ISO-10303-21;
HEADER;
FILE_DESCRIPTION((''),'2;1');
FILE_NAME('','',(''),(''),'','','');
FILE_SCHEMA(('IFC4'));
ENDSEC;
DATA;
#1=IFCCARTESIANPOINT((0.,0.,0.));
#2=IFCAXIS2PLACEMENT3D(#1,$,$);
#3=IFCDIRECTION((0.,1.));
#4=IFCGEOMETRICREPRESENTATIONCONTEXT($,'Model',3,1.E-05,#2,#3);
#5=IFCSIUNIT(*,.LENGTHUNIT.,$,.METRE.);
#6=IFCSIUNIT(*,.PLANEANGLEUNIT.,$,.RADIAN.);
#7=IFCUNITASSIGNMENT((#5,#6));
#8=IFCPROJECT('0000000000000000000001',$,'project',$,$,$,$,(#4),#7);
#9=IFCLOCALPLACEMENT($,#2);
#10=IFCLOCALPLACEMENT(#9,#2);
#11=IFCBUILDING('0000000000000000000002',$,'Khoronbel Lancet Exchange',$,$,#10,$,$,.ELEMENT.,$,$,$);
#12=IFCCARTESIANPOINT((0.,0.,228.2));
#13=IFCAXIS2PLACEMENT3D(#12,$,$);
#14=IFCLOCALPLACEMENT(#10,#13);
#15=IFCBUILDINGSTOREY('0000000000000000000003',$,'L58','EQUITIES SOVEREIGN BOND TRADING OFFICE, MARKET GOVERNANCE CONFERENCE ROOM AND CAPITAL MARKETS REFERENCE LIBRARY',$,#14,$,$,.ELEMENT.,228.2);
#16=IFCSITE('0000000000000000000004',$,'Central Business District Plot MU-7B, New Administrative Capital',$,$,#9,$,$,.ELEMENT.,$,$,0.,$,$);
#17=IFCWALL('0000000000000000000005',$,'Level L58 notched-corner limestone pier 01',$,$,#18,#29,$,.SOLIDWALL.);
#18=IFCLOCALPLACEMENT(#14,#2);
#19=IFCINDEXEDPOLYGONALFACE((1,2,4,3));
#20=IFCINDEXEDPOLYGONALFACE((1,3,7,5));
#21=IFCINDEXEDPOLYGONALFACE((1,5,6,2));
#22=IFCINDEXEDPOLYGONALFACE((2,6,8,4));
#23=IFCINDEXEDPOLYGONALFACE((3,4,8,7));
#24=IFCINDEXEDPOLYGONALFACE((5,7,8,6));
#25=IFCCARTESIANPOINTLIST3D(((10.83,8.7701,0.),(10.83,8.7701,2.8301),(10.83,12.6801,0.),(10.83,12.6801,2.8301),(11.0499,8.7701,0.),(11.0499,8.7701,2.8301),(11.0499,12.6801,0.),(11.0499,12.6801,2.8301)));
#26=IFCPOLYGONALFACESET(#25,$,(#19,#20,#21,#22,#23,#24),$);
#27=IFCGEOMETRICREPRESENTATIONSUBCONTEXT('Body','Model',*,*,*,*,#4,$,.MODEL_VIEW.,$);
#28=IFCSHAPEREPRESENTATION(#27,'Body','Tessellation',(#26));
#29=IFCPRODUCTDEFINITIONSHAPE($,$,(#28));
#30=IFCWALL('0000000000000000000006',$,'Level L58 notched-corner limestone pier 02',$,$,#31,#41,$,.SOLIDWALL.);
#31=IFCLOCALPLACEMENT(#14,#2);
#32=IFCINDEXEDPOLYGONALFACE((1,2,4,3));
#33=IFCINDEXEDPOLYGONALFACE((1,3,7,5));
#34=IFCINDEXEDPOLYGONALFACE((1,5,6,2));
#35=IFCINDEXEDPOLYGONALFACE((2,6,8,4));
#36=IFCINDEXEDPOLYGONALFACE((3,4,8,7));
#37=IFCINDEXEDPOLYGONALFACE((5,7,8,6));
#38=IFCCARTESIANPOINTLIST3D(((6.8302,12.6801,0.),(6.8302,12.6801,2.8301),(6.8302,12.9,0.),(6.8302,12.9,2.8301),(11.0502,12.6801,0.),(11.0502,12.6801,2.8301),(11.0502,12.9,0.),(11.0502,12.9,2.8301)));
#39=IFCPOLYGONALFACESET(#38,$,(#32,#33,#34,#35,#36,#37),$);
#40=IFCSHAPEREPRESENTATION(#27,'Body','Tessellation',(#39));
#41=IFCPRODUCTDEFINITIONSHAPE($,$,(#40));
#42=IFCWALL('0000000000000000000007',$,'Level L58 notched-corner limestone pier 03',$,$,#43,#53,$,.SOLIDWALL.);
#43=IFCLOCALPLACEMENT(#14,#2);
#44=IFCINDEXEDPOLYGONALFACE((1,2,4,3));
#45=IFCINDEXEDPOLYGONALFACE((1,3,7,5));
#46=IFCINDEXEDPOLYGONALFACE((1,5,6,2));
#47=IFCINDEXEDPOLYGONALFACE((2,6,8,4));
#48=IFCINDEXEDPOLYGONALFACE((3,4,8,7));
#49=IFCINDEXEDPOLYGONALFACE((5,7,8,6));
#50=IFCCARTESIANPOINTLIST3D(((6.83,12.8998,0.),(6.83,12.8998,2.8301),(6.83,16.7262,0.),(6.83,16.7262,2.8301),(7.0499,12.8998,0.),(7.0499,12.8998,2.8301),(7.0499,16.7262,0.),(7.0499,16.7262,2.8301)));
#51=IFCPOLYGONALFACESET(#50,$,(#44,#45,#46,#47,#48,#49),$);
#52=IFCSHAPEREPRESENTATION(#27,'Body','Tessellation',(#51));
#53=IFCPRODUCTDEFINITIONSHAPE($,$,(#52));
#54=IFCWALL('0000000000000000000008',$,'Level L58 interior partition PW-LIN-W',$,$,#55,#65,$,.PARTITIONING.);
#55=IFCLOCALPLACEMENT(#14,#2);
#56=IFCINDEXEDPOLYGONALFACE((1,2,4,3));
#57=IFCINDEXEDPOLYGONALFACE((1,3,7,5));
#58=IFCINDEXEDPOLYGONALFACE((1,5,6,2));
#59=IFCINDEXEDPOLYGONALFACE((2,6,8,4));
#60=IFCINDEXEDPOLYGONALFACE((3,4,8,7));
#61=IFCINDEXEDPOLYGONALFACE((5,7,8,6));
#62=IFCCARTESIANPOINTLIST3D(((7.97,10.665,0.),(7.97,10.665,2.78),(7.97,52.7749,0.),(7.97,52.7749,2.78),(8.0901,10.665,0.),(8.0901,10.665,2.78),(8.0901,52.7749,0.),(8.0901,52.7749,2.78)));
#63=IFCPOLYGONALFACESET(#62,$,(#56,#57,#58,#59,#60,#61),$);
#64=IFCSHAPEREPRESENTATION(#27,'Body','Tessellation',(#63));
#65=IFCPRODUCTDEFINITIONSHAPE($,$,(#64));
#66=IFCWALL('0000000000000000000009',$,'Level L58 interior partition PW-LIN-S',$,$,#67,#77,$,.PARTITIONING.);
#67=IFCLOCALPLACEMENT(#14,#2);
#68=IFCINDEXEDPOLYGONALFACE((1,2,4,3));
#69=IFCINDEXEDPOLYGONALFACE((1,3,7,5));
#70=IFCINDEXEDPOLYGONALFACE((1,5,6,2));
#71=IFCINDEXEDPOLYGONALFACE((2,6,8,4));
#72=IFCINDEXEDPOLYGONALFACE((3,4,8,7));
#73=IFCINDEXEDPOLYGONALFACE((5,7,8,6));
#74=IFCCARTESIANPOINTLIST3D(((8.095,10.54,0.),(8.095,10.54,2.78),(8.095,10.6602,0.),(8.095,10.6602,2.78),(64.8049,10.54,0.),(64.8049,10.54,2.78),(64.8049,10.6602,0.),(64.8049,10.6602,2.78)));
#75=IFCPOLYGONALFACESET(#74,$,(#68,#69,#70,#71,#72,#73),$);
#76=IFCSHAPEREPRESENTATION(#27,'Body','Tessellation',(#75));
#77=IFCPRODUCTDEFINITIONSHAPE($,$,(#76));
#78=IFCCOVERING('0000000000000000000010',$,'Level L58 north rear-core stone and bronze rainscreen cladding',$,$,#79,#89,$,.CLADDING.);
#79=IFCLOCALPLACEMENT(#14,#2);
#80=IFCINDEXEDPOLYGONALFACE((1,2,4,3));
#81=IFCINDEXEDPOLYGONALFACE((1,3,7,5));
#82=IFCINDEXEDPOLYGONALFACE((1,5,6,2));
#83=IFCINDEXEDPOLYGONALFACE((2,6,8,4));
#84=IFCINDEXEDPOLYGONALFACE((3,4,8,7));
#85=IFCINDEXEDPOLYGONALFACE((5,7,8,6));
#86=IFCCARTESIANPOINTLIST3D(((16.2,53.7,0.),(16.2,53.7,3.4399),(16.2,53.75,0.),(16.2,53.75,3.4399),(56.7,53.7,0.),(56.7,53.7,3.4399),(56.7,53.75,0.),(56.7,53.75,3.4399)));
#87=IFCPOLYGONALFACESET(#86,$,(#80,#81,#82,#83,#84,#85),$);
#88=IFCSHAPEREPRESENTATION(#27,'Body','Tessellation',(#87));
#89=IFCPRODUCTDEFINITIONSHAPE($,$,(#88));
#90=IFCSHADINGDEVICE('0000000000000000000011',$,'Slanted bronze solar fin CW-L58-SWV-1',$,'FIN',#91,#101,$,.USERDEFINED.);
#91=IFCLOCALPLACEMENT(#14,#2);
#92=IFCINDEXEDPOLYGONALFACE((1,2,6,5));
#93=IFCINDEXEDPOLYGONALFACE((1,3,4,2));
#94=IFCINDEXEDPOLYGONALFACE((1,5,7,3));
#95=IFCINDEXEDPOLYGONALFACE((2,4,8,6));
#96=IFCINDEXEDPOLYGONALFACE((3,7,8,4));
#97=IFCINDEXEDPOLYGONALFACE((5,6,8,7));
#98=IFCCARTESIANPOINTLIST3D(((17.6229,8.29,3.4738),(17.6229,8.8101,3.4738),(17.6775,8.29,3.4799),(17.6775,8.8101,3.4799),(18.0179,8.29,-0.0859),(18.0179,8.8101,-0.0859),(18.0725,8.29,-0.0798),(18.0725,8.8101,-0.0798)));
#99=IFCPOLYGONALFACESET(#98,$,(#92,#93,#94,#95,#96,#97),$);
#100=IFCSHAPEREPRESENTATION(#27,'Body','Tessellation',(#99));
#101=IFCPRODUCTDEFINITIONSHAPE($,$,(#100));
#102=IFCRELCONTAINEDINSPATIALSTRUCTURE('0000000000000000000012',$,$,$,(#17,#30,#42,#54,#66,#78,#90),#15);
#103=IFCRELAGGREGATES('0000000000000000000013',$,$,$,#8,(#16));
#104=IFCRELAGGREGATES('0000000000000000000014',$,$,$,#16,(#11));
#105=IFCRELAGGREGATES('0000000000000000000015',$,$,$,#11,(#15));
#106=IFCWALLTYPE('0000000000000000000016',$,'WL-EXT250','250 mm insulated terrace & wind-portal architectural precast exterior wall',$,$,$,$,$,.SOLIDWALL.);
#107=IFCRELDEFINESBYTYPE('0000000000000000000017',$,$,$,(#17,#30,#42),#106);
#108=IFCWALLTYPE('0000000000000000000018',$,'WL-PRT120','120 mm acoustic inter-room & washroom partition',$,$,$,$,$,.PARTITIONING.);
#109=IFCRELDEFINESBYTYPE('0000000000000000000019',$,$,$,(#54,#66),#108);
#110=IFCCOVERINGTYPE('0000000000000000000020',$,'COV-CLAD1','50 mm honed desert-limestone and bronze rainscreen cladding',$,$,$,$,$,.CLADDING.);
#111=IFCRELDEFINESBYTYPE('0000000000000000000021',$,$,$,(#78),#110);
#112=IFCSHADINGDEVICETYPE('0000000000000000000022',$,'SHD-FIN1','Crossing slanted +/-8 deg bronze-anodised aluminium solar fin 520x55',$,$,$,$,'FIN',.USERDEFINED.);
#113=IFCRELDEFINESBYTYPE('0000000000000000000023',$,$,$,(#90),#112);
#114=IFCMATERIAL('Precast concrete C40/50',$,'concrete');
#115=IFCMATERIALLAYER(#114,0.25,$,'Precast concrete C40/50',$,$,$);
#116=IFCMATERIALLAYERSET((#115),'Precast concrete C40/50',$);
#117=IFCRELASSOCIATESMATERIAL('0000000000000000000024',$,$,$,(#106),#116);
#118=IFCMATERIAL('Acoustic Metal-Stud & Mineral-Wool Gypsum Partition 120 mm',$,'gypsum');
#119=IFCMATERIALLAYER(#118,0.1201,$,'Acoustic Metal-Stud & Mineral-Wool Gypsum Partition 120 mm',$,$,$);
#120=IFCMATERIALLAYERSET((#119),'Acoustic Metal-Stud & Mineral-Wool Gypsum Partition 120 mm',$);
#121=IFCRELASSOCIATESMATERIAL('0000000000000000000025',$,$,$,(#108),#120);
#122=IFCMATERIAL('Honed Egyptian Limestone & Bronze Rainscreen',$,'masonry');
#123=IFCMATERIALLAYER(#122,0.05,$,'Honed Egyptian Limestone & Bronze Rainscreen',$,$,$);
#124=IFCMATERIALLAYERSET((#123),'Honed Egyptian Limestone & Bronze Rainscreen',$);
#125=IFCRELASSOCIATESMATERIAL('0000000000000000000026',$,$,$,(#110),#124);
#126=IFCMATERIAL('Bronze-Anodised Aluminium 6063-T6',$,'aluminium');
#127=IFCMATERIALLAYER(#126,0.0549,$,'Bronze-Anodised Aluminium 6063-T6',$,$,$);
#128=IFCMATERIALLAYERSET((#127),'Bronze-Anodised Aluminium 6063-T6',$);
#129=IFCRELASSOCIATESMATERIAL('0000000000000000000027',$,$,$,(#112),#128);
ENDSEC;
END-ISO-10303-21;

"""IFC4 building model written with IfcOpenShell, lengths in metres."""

from ifc_helpers import new_model, si_unit, direction, frame, frame_2d, origin, place, context, subcontext, project, spatial, polyline, rectangle, outline, extrude, material, layer, layer_set, type_object, element, save


model = new_model("IFC4")

# Units and contexts
model_context = context("Model", 3, precision=1e-05, world=origin(), true_north=direction((0.0, 1.0)))
body_context = subcontext(model_context, "Body", "Model", "MODEL_VIEW")
ifc_project = project(units=[si_unit("LENGTHUNIT", "METRE"), si_unit("PLANEANGLEUNIT", "RADIAN")], contexts=[model_context])

# Site, building, storey
site_placement = place(None, origin())
site = spatial("IfcSite", under=ifc_project, at=site_placement, Name="Central Business District Plot MU-7B, New Administrative Capital", CompositionType="ELEMENT", RefElevation=0.0)
building_placement = place(site_placement, origin())
building = spatial("IfcBuilding", under=site, at=building_placement, Name="Khoronbel Lancet Exchange", CompositionType="ELEMENT")
storey_placement = place(building_placement, frame((0.0, 0.0, 228.2)))
storey = spatial("IfcBuildingStorey", under=building, at=storey_placement, Name="L58", Description="EQUITIES SOVEREIGN BOND TRADING OFFICE, MARKET GOVERNANCE CONFERENCE ROOM AND CAPITAL MARKETS REFERENCE LIBRARY", CompositionType="ELEMENT", Elevation=228.2)

# Shared definitions
ifc_material_1 = material(Name="Bronze-Anodised Aluminium 6063-T6", Category="aluminium")

# Walls
ifc_material_2 = material(Name="Precast concrete C40/50", Category="concrete")
ifc_layer_1 = layer(ifc_material_2, 0.25, Name="Precast concrete C40/50")
ifc_layer_set_1 = layer_set([ifc_layer_1], Name="Precast concrete C40/50")
wall_type_1 = type_object("IfcWallType", Name="WL-EXT250", Description="250 mm insulated terrace & wind-portal architectural precast exterior wall", PredefinedType="SOLIDWALL", material=ifc_layer_set_1)
wall_1_placement = place(storey_placement, frame((10.9399, 8.77, 0.0), z_axis=(0.0, 0.0, 1.0), x_axis=(0.0, 1.0, 0.0)))
element("IfcWall", 1, at=wall_1_placement, inside=storey, type_object=wall_type_1, Name="Level L58 notched-corner limestone pier 01", PredefinedType="SOLIDWALL", context=body_context, shape_type="SweptSolid", body=[
    extrude(rectangle(XDim=3.9099, YDim=0.22, at=frame_2d((1.9551, 0.0))), origin(), (0.0, 0.0, 1.0), 2.8301),
])
wall_2_placement = place(storey_placement, frame((11.05, 12.79, 0.0), z_axis=(0.0, 0.0, 1.0), x_axis=(-1.0, 0.0, 0.0)))
element("IfcWall", 2, at=wall_2_placement, inside=storey, type_object=wall_type_1, Name="Level L58 notched-corner limestone pier 02", PredefinedType="SOLIDWALL", context=body_context, shape_type="SweptSolid", body=[
    extrude(rectangle(XDim=4.22, YDim=0.22, at=frame_2d((2.1099, 0.0))), origin(), (0.0, 0.0, 1.0), 2.8301),
])
wall_3_placement = place(storey_placement, frame((6.9399, 12.8999, 0.0), z_axis=(0.0, 0.0, 1.0), x_axis=(0.0, 1.0, 0.0)))
element("IfcWall", 3, at=wall_3_placement, inside=storey, type_object=wall_type_1, Name="Level L58 notched-corner limestone pier 03", PredefinedType="SOLIDWALL", context=body_context, shape_type="SweptSolid", body=[
    extrude(rectangle(XDim=3.8264, YDim=0.22, at=frame_2d((1.9131, 0.0))), origin(), (0.0, 0.0, 1.0), 2.8301),
])
ifc_material_3 = material(Name="Acoustic Metal-Stud & Mineral-Wool Gypsum Partition 120 mm", Category="gypsum")
ifc_layer_2 = layer(ifc_material_3, 0.1201, Name="Acoustic Metal-Stud & Mineral-Wool Gypsum Partition 120 mm")
ifc_layer_set_2 = layer_set([ifc_layer_2], Name="Acoustic Metal-Stud & Mineral-Wool Gypsum Partition 120 mm")
wall_type_2 = type_object("IfcWallType", Name="WL-PRT120", Description="120 mm acoustic inter-room & washroom partition", PredefinedType="PARTITIONING", material=ifc_layer_set_2)
wall_4_placement = place(storey_placement, frame((8.03, 10.665, 0.0), z_axis=(0.0, 0.0, 1.0), x_axis=(0.0, 1.0, 0.0)))
element("IfcWall", 4, at=wall_4_placement, inside=storey, type_object=wall_type_2, Name="Level L58 interior partition PW-LIN-W", PredefinedType="PARTITIONING", context=body_context, shape_type="SweptSolid", body=[
    extrude(rectangle(XDim=42.1099, YDim=0.1201, at=frame_2d((21.0549, 0.0))), origin(), (0.0, 0.0, 1.0), 2.78),
])
wall_5_placement = place(storey_placement, frame((8.095, 10.6001, 0.0), z_axis=(0.0, 0.0, 1.0), x_axis=(1.0, 0.0, 0.0)))
element("IfcWall", 5, at=wall_5_placement, inside=storey, type_object=wall_type_2, Name="Level L58 interior partition PW-LIN-S", PredefinedType="PARTITIONING", context=body_context, shape_type="SweptSolid", body=[
    extrude(rectangle(XDim=56.71, YDim=0.1201, at=frame_2d((28.355, 0.0))), origin(), (0.0, 0.0, 1.0), 2.78),
])

# Covering
ifc_material_4 = material(Name="Honed Egyptian Limestone & Bronze Rainscreen", Category="masonry")
ifc_layer_3 = layer(ifc_material_4, 0.05, Name="Honed Egyptian Limestone & Bronze Rainscreen")
ifc_layer_set_3 = layer_set([ifc_layer_3], Name="Honed Egyptian Limestone & Bronze Rainscreen")
covering_type = type_object("IfcCoveringType", Name="COV-CLAD1", Description="50 mm honed desert-limestone and bronze rainscreen cladding", PredefinedType="CLADDING", material=ifc_layer_set_3)
covering_placement = place(storey_placement, origin())
element("IfcCovering", 6, at=covering_placement, inside=storey, type_object=covering_type, Name="Level L58 north rear-core stone and bronze rainscreen cladding", PredefinedType="CLADDING", context=body_context, shape_type="SweptSolid", body=[
    extrude(outline(polyline([(16.2, 53.7), (56.7, 53.7), (56.7, 53.75), (16.2, 53.75), (16.2, 53.7)])), origin(), (0.0, 0.0, 1.0), 3.4399),
])

# Shading device
ifc_layer_4 = layer(ifc_material_1, 0.0549, Name="Bronze-Anodised Aluminium 6063-T6")
ifc_layer_set_4 = layer_set([ifc_layer_4], Name="Bronze-Anodised Aluminium 6063-T6")
shading_device_type = type_object("IfcShadingDeviceType", Name="SHD-FIN1", Description="Crossing slanted +/-8 deg bronze-anodised aluminium solar fin 520x55", ElementType="FIN", PredefinedType="USERDEFINED", material=ifc_layer_set_4)
shading_device_placement = place(storey_placement, frame((18.0725, 8.8101, -0.0798), z_axis=(0.9939, 0.0, 0.110289), x_axis=(0.0, -1.0, 0.0)))
element("IfcShadingDevice", 7, at=shading_device_placement, inside=storey, type_object=shading_device_type, Name="Slanted bronze solar fin CW-L58-SWV-1", ObjectType="FIN", PredefinedType="USERDEFINED", context=body_context, shape_type="SweptSolid", body=[
    extrude(outline(polyline([(0.0, 0.0), (0.52, 0.0), (0.52, -3.5815), (0.0, -3.5815), (0.0, 0.0)])), origin(), (0.0, 0.0, -1.0), 0.0549),
])

save(model, "model.ifc")
